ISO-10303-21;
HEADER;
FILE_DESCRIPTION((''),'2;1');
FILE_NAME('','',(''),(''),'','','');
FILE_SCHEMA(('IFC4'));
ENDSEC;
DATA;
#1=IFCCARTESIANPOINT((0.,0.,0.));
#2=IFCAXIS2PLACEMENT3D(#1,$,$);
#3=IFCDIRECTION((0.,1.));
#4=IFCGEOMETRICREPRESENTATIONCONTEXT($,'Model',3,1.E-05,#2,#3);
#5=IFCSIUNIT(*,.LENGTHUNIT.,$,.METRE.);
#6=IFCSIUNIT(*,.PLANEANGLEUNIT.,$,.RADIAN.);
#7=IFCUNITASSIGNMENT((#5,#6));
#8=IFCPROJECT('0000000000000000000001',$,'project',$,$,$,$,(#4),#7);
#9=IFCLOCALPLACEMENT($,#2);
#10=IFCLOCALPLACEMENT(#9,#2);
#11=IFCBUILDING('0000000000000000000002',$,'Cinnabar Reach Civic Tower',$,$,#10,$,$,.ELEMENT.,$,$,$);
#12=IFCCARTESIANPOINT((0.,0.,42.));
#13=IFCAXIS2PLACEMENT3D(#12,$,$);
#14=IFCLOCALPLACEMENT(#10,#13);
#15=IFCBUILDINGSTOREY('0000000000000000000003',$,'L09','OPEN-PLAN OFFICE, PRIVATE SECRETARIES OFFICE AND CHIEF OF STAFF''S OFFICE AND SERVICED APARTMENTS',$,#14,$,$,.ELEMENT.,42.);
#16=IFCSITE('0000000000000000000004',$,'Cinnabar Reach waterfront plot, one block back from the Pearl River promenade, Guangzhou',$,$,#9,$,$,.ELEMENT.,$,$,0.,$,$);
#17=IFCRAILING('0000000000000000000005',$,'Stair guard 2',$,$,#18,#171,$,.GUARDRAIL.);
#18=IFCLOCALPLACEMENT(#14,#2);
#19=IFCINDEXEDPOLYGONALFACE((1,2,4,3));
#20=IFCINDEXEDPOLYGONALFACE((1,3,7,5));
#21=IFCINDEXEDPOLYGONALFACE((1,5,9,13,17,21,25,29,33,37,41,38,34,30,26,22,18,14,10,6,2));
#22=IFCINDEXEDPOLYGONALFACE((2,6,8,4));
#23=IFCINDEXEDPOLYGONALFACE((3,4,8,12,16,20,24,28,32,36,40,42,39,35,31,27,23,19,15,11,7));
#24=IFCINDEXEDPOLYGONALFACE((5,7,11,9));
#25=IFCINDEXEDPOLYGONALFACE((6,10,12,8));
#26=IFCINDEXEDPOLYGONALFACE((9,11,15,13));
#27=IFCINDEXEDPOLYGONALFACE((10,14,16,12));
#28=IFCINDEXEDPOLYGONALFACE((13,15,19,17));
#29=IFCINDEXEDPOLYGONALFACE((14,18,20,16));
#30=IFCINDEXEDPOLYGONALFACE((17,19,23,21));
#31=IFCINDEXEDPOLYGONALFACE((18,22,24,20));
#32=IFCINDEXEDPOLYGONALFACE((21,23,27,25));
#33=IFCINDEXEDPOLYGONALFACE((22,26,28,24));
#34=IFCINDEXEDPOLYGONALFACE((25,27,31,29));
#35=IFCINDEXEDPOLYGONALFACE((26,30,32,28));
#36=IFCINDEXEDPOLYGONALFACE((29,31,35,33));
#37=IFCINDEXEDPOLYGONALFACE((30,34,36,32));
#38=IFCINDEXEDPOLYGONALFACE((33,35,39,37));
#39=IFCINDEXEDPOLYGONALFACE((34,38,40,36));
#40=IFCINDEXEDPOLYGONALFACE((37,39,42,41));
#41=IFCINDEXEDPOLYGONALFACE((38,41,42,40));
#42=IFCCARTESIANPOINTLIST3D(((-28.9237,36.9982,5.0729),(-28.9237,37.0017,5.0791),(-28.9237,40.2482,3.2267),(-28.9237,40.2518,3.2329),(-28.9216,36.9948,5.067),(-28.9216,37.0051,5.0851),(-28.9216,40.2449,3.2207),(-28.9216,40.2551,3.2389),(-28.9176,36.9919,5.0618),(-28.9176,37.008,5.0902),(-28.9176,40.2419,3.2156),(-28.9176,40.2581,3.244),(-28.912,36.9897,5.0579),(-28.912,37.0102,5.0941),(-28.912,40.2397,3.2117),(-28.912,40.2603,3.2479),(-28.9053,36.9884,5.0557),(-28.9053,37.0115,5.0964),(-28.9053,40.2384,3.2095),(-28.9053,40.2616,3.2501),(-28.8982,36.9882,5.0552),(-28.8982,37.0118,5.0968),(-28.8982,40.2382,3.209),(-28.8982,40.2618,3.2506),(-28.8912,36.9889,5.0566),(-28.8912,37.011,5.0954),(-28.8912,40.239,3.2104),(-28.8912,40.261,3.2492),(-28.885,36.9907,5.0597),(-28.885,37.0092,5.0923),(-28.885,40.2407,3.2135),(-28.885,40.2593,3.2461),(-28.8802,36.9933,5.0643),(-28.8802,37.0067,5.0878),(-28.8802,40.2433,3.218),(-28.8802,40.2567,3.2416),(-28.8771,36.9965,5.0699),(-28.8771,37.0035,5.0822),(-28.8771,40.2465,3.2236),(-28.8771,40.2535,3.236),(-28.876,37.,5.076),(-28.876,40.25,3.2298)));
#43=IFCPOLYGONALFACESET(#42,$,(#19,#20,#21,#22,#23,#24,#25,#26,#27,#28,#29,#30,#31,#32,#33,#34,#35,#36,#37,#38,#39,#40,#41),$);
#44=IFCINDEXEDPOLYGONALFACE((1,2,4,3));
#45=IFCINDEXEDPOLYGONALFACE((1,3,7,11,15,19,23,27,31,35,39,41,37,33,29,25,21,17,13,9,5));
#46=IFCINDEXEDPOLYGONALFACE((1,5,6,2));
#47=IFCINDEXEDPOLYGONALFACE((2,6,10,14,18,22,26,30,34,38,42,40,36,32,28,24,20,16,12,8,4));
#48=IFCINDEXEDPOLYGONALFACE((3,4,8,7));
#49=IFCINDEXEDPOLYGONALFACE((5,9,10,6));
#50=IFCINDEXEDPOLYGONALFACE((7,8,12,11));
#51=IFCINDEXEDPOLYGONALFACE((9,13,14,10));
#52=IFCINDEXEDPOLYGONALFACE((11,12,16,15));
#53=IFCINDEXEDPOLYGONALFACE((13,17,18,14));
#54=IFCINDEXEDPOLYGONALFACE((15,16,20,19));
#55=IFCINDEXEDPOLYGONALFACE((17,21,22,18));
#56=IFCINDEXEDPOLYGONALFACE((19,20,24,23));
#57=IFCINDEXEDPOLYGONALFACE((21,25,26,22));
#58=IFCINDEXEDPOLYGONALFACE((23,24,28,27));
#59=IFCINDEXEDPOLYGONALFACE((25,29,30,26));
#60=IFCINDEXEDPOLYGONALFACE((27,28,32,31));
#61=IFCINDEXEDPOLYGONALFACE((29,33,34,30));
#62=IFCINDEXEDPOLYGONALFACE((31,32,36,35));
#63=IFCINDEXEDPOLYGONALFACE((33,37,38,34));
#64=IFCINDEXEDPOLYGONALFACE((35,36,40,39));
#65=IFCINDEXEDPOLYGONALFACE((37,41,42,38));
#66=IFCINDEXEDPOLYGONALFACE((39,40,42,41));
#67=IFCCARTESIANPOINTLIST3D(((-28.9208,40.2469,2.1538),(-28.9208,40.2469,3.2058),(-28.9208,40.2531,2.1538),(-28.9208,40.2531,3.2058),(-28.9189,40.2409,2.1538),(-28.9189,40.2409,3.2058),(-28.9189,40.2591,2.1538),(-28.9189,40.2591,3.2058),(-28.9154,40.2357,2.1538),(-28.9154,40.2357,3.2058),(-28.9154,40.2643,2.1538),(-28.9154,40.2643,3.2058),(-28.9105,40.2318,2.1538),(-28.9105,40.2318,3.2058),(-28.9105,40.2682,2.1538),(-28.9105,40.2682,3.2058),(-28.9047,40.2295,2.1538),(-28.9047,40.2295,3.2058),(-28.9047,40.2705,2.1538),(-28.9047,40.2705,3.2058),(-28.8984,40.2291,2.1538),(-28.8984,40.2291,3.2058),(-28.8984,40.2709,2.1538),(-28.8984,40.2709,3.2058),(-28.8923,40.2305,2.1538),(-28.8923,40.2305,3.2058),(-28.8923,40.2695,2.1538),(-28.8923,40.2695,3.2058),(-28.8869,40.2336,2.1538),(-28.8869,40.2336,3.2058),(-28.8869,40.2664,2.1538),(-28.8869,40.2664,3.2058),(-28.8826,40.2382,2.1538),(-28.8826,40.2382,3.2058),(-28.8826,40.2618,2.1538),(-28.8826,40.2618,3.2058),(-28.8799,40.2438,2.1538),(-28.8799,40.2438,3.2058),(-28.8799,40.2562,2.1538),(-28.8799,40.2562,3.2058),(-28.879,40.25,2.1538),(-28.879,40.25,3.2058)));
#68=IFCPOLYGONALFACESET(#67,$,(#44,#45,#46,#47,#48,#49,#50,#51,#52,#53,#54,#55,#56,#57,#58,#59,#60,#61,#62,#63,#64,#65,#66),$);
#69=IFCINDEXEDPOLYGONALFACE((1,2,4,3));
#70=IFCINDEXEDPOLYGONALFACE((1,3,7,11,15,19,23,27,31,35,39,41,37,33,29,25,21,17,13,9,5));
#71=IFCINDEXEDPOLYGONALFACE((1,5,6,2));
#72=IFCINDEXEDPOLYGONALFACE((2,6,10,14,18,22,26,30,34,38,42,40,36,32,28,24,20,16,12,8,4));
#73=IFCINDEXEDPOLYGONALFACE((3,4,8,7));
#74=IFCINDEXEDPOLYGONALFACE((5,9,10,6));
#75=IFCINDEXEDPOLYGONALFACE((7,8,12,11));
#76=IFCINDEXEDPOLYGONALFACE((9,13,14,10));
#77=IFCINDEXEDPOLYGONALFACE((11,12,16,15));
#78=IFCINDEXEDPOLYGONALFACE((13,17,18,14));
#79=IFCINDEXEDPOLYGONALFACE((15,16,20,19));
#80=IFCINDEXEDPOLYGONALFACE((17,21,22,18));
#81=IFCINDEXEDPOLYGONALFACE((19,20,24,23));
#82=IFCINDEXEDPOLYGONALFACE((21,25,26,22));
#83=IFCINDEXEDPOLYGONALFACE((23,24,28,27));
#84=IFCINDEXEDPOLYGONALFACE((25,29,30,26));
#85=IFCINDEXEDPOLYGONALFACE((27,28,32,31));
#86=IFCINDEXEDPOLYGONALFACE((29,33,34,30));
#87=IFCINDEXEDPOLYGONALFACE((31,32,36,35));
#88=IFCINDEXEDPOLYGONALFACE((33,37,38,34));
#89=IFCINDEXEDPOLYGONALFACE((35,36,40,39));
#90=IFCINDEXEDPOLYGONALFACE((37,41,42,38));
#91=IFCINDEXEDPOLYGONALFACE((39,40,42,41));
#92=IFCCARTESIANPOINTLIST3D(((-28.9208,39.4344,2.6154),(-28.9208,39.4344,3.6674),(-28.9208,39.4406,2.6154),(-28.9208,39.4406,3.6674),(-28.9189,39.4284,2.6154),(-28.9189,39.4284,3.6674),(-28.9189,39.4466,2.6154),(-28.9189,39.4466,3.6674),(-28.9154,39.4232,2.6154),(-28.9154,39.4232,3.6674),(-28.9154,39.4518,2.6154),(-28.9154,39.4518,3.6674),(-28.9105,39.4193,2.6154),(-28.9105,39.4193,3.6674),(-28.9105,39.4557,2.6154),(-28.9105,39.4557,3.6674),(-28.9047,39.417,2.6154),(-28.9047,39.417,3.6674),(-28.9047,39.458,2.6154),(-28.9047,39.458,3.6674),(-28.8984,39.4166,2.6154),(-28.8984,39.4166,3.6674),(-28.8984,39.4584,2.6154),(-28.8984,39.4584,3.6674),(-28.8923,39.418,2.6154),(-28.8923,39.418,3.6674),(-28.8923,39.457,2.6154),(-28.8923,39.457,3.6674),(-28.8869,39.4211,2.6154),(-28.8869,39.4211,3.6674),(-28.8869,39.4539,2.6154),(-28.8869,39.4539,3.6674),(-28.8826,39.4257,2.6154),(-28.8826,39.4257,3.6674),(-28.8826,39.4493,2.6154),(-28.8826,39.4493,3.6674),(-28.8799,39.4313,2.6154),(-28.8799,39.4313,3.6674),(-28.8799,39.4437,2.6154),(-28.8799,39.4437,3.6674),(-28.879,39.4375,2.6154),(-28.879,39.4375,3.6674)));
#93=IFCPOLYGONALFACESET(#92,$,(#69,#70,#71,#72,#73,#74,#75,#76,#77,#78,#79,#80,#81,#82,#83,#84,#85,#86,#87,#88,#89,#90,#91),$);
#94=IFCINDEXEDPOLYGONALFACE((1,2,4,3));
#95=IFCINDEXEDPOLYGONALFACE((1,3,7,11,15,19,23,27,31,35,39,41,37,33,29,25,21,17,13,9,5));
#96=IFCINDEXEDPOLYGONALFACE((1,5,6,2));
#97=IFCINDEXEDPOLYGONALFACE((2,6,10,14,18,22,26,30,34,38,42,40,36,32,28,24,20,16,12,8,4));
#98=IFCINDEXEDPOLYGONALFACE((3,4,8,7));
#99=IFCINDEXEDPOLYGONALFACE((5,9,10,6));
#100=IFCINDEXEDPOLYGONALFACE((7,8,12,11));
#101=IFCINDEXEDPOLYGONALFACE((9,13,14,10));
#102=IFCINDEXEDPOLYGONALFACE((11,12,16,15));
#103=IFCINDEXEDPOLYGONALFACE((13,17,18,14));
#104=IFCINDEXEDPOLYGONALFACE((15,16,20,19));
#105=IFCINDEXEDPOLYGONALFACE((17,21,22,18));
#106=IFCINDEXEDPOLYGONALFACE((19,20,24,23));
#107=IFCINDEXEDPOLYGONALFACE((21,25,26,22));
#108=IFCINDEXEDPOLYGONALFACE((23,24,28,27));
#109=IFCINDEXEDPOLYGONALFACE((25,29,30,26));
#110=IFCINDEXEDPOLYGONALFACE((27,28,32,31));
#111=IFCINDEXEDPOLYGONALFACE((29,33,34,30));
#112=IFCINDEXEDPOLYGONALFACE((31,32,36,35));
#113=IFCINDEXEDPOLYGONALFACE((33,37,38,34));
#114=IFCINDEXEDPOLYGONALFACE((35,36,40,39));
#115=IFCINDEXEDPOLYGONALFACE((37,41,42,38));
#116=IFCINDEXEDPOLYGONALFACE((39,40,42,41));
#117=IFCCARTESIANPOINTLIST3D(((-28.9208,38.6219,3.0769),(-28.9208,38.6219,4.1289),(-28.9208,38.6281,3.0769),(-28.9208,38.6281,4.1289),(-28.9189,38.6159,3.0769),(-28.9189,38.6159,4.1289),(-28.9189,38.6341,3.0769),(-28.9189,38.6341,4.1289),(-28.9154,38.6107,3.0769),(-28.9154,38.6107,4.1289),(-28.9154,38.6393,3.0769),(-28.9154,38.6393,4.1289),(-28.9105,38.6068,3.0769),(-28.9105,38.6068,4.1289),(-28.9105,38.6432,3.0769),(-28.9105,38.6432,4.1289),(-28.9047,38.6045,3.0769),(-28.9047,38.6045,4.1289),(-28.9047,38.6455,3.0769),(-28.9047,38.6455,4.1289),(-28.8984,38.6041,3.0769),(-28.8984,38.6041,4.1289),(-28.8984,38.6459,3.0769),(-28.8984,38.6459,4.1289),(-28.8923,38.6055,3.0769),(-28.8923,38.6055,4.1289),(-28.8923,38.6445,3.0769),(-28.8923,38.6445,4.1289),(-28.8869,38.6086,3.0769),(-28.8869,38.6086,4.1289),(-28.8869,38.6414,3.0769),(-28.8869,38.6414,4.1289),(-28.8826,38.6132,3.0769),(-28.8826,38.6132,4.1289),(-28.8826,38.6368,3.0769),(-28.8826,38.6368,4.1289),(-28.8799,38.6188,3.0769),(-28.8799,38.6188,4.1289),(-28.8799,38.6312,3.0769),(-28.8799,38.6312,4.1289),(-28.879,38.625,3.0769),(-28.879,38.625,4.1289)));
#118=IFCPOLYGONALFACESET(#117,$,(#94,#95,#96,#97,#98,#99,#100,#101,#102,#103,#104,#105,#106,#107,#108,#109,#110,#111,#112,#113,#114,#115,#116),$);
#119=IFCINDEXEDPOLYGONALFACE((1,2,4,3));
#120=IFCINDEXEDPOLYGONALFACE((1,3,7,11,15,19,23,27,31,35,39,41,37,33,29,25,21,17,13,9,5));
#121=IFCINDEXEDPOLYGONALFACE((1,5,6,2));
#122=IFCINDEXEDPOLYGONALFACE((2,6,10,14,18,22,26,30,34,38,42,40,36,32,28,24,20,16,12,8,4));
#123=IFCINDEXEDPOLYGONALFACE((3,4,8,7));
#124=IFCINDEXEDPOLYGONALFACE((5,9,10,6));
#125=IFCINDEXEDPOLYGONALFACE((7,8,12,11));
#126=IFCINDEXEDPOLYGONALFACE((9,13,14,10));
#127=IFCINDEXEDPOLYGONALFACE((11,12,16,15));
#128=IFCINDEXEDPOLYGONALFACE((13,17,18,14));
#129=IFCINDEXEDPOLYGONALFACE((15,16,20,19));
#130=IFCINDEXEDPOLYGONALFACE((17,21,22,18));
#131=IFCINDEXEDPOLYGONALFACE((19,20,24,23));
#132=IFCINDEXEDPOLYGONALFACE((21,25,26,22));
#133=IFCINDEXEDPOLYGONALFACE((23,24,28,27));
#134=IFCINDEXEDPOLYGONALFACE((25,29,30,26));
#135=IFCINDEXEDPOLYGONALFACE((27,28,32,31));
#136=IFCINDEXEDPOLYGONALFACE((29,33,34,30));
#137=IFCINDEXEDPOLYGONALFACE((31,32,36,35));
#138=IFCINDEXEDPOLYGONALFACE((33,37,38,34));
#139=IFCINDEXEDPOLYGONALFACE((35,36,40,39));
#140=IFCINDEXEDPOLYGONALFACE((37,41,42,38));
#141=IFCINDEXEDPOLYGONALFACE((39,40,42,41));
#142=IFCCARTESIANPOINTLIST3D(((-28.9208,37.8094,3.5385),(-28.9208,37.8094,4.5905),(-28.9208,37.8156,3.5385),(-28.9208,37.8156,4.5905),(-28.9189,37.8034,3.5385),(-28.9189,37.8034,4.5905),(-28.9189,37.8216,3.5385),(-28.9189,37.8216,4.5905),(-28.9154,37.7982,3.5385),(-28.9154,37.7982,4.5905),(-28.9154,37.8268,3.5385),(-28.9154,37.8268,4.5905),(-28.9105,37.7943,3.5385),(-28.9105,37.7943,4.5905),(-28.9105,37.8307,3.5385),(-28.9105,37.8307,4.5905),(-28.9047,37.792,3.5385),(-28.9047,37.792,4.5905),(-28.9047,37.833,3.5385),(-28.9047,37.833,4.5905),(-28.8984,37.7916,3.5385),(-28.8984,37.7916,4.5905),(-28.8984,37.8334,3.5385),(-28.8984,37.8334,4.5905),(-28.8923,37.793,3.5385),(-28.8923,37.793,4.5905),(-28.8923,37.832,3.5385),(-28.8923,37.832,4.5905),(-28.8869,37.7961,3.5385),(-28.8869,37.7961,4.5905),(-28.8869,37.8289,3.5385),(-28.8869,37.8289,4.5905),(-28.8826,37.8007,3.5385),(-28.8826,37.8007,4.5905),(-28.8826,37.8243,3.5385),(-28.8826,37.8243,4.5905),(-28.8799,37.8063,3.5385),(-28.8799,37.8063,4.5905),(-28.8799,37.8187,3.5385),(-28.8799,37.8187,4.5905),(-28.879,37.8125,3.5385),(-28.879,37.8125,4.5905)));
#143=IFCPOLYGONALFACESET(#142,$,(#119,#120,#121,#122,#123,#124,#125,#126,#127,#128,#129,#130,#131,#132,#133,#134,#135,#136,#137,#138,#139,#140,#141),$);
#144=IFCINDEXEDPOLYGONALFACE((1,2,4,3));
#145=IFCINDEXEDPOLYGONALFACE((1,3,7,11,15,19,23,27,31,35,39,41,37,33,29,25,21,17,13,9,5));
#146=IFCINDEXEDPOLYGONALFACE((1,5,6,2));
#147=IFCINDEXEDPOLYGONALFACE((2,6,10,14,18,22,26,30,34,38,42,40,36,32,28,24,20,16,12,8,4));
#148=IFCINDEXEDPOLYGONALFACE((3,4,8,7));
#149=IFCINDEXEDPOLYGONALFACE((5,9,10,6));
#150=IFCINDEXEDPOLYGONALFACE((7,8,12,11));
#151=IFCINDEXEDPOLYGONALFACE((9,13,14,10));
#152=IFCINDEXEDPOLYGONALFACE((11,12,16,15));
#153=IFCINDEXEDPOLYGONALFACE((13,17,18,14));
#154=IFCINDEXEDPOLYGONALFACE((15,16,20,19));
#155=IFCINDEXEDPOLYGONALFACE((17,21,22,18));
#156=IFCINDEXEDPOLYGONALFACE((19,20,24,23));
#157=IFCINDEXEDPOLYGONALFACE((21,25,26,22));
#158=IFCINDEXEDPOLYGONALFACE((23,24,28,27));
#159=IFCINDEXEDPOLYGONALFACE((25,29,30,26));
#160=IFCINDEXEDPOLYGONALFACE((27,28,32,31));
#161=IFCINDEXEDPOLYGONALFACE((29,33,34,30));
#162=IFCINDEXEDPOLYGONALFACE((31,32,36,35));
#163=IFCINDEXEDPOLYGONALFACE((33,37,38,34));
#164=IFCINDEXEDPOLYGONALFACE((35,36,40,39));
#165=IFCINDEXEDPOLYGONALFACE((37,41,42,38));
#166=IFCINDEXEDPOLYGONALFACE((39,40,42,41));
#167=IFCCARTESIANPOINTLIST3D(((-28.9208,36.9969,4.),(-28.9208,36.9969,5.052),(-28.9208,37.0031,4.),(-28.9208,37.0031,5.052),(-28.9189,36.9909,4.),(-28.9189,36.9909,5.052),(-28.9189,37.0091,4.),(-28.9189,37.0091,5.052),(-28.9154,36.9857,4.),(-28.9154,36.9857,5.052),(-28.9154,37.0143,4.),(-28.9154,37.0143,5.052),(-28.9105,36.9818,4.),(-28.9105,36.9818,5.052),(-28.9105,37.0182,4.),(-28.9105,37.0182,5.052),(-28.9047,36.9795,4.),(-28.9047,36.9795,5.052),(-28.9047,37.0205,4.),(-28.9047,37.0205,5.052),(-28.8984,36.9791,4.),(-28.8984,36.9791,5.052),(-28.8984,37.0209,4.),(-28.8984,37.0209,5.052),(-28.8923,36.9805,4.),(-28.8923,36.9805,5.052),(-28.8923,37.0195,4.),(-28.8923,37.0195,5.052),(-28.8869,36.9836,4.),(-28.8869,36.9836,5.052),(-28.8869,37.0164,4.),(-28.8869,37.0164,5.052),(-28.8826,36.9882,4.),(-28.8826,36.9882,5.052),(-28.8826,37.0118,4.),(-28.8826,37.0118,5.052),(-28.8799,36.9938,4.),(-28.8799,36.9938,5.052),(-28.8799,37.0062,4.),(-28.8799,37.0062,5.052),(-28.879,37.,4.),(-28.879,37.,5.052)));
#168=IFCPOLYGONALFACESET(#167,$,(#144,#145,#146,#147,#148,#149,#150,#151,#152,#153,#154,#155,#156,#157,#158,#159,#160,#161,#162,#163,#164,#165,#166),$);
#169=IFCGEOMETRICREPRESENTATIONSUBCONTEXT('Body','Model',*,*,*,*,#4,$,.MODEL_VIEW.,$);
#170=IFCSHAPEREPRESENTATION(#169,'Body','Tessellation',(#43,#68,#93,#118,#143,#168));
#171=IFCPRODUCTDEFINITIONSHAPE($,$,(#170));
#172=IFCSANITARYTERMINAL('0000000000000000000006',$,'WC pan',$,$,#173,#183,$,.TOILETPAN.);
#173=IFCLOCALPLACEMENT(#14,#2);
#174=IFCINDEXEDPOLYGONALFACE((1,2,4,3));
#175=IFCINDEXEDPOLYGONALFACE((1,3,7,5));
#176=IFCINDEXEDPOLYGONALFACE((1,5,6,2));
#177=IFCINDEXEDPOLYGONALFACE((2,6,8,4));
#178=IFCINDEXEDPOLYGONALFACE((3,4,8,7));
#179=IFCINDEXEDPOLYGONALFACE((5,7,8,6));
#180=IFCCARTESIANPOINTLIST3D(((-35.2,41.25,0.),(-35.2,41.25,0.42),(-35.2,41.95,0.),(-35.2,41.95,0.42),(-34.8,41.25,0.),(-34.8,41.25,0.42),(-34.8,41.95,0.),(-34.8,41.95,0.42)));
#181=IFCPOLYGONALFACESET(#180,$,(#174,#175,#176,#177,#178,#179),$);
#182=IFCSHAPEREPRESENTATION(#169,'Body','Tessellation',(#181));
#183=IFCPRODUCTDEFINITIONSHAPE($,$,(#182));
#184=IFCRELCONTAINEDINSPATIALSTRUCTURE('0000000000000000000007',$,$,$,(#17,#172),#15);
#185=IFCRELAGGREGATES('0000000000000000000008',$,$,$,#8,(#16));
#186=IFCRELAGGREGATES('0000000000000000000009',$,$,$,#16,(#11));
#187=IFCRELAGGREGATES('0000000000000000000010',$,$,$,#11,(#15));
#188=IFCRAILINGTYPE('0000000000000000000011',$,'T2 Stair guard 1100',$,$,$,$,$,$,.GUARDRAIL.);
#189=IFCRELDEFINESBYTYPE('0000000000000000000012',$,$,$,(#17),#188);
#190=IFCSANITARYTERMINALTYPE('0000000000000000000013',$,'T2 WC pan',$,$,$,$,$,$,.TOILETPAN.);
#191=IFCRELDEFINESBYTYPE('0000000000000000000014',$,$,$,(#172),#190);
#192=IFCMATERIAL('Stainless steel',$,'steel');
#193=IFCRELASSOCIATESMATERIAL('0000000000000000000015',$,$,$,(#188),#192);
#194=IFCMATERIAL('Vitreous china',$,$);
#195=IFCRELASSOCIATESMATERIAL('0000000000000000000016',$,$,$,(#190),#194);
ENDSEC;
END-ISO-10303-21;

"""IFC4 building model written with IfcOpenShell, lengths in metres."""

from ifc_helpers import new_model, si_unit, direction, frame, origin, origin_2d, place, context, subcontext, project, spatial, rectangle, circle, extrude, material, type_object, element, save


model = new_model("IFC4")

# Units and contexts
model_context = context("Model", 3, precision=1e-05, world=origin(), true_north=direction((0.0, 1.0)))
body_context = subcontext(model_context, "Body", "Model", "MODEL_VIEW")
ifc_project = project(units=[si_unit("LENGTHUNIT", "METRE"), si_unit("PLANEANGLEUNIT", "RADIAN")], contexts=[model_context])

# Site, building, storey
site_placement = place(None, origin())
site = spatial("IfcSite", under=ifc_project, at=site_placement, Name="Cinnabar Reach waterfront plot, one block back from the Pearl River promenade, Guangzhou", CompositionType="ELEMENT", RefElevation=0.0)
building_placement = place(site_placement, origin())
building = spatial("IfcBuilding", under=site, at=building_placement, Name="Cinnabar Reach Civic Tower", CompositionType="ELEMENT")
storey_placement = place(building_placement, frame((0.0, 0.0, 42.0)))
storey = spatial("IfcBuildingStorey", under=building, at=storey_placement, Name="L09", Description="OPEN-PLAN OFFICE, PRIVATE SECRETARIES OFFICE AND CHIEF OF STAFF'S OFFICE AND SERVICED APARTMENTS", CompositionType="ELEMENT", Elevation=42.0)

# Railing
ifc_material_1 = material(Name="Stainless steel", Category="steel")
railing_type = type_object("IfcRailingType", Name="T2 Stair guard 1100", PredefinedType="GUARDRAIL", material=ifc_material_1)
railing_1_placement = place(storey_placement, frame((-28.9, 40.25, 2.1538)))
element("IfcRailing", 1, at=railing_1_placement, inside=storey, type_object=railing_type, Name="Stair guard 2", PredefinedType="GUARDRAIL", context=body_context, shape_type="SweptSolid", body=[
    extrude(circle(Radius=0.024, at=origin_2d()), frame((0.0, 0.0, 1.076), z_axis=(0.0, -0.869501, 0.49393), x_axis=(1.0, 0.0, 0.0)), (0.0, 0.0, 1.0), 3.7378),
    extrude(circle(Radius=0.021, at=origin_2d()), origin(), (0.0, 0.0, 1.0), 1.052),
    extrude(circle(Radius=0.021, at=origin_2d()), frame((0.0, -0.8125, 0.4616)), (0.0, 0.0, 1.0), 1.052),
    extrude(circle(Radius=0.021, at=origin_2d()), frame((0.0, -1.625, 0.9231)), (0.0, 0.0, 1.0), 1.052),
    extrude(circle(Radius=0.021, at=origin_2d()), frame((0.0, -2.4375, 1.3847)), (0.0, 0.0, 1.0), 1.052),
    extrude(circle(Radius=0.021, at=origin_2d()), frame((0.0, -3.25, 1.8462)), (0.0, 0.0, 1.0), 1.052),
])

# Sanitary terminal
ifc_material_2 = material(Name="Vitreous china")
sanitary_terminal_type = type_object("IfcSanitaryTerminalType", Name="T2 WC pan", PredefinedType="TOILETPAN", material=ifc_material_2)
sanitary_terminal_placement = place(storey_placement, frame((-35.0, 41.6, 0.0), z_axis=(0.0, 0.0, 1.0), x_axis=(1.0, 0.0, 0.0)))
element("IfcSanitaryTerminal", 2, at=sanitary_terminal_placement, inside=storey, type_object=sanitary_terminal_type, Name="WC pan", PredefinedType="TOILETPAN", context=body_context, shape_type="SweptSolid", body=[
    extrude(rectangle(XDim=0.4, YDim=0.7, at=origin_2d()), origin(), (0.0, 0.0, 1.0), 0.42),
])

save(model, "model.ifc")
